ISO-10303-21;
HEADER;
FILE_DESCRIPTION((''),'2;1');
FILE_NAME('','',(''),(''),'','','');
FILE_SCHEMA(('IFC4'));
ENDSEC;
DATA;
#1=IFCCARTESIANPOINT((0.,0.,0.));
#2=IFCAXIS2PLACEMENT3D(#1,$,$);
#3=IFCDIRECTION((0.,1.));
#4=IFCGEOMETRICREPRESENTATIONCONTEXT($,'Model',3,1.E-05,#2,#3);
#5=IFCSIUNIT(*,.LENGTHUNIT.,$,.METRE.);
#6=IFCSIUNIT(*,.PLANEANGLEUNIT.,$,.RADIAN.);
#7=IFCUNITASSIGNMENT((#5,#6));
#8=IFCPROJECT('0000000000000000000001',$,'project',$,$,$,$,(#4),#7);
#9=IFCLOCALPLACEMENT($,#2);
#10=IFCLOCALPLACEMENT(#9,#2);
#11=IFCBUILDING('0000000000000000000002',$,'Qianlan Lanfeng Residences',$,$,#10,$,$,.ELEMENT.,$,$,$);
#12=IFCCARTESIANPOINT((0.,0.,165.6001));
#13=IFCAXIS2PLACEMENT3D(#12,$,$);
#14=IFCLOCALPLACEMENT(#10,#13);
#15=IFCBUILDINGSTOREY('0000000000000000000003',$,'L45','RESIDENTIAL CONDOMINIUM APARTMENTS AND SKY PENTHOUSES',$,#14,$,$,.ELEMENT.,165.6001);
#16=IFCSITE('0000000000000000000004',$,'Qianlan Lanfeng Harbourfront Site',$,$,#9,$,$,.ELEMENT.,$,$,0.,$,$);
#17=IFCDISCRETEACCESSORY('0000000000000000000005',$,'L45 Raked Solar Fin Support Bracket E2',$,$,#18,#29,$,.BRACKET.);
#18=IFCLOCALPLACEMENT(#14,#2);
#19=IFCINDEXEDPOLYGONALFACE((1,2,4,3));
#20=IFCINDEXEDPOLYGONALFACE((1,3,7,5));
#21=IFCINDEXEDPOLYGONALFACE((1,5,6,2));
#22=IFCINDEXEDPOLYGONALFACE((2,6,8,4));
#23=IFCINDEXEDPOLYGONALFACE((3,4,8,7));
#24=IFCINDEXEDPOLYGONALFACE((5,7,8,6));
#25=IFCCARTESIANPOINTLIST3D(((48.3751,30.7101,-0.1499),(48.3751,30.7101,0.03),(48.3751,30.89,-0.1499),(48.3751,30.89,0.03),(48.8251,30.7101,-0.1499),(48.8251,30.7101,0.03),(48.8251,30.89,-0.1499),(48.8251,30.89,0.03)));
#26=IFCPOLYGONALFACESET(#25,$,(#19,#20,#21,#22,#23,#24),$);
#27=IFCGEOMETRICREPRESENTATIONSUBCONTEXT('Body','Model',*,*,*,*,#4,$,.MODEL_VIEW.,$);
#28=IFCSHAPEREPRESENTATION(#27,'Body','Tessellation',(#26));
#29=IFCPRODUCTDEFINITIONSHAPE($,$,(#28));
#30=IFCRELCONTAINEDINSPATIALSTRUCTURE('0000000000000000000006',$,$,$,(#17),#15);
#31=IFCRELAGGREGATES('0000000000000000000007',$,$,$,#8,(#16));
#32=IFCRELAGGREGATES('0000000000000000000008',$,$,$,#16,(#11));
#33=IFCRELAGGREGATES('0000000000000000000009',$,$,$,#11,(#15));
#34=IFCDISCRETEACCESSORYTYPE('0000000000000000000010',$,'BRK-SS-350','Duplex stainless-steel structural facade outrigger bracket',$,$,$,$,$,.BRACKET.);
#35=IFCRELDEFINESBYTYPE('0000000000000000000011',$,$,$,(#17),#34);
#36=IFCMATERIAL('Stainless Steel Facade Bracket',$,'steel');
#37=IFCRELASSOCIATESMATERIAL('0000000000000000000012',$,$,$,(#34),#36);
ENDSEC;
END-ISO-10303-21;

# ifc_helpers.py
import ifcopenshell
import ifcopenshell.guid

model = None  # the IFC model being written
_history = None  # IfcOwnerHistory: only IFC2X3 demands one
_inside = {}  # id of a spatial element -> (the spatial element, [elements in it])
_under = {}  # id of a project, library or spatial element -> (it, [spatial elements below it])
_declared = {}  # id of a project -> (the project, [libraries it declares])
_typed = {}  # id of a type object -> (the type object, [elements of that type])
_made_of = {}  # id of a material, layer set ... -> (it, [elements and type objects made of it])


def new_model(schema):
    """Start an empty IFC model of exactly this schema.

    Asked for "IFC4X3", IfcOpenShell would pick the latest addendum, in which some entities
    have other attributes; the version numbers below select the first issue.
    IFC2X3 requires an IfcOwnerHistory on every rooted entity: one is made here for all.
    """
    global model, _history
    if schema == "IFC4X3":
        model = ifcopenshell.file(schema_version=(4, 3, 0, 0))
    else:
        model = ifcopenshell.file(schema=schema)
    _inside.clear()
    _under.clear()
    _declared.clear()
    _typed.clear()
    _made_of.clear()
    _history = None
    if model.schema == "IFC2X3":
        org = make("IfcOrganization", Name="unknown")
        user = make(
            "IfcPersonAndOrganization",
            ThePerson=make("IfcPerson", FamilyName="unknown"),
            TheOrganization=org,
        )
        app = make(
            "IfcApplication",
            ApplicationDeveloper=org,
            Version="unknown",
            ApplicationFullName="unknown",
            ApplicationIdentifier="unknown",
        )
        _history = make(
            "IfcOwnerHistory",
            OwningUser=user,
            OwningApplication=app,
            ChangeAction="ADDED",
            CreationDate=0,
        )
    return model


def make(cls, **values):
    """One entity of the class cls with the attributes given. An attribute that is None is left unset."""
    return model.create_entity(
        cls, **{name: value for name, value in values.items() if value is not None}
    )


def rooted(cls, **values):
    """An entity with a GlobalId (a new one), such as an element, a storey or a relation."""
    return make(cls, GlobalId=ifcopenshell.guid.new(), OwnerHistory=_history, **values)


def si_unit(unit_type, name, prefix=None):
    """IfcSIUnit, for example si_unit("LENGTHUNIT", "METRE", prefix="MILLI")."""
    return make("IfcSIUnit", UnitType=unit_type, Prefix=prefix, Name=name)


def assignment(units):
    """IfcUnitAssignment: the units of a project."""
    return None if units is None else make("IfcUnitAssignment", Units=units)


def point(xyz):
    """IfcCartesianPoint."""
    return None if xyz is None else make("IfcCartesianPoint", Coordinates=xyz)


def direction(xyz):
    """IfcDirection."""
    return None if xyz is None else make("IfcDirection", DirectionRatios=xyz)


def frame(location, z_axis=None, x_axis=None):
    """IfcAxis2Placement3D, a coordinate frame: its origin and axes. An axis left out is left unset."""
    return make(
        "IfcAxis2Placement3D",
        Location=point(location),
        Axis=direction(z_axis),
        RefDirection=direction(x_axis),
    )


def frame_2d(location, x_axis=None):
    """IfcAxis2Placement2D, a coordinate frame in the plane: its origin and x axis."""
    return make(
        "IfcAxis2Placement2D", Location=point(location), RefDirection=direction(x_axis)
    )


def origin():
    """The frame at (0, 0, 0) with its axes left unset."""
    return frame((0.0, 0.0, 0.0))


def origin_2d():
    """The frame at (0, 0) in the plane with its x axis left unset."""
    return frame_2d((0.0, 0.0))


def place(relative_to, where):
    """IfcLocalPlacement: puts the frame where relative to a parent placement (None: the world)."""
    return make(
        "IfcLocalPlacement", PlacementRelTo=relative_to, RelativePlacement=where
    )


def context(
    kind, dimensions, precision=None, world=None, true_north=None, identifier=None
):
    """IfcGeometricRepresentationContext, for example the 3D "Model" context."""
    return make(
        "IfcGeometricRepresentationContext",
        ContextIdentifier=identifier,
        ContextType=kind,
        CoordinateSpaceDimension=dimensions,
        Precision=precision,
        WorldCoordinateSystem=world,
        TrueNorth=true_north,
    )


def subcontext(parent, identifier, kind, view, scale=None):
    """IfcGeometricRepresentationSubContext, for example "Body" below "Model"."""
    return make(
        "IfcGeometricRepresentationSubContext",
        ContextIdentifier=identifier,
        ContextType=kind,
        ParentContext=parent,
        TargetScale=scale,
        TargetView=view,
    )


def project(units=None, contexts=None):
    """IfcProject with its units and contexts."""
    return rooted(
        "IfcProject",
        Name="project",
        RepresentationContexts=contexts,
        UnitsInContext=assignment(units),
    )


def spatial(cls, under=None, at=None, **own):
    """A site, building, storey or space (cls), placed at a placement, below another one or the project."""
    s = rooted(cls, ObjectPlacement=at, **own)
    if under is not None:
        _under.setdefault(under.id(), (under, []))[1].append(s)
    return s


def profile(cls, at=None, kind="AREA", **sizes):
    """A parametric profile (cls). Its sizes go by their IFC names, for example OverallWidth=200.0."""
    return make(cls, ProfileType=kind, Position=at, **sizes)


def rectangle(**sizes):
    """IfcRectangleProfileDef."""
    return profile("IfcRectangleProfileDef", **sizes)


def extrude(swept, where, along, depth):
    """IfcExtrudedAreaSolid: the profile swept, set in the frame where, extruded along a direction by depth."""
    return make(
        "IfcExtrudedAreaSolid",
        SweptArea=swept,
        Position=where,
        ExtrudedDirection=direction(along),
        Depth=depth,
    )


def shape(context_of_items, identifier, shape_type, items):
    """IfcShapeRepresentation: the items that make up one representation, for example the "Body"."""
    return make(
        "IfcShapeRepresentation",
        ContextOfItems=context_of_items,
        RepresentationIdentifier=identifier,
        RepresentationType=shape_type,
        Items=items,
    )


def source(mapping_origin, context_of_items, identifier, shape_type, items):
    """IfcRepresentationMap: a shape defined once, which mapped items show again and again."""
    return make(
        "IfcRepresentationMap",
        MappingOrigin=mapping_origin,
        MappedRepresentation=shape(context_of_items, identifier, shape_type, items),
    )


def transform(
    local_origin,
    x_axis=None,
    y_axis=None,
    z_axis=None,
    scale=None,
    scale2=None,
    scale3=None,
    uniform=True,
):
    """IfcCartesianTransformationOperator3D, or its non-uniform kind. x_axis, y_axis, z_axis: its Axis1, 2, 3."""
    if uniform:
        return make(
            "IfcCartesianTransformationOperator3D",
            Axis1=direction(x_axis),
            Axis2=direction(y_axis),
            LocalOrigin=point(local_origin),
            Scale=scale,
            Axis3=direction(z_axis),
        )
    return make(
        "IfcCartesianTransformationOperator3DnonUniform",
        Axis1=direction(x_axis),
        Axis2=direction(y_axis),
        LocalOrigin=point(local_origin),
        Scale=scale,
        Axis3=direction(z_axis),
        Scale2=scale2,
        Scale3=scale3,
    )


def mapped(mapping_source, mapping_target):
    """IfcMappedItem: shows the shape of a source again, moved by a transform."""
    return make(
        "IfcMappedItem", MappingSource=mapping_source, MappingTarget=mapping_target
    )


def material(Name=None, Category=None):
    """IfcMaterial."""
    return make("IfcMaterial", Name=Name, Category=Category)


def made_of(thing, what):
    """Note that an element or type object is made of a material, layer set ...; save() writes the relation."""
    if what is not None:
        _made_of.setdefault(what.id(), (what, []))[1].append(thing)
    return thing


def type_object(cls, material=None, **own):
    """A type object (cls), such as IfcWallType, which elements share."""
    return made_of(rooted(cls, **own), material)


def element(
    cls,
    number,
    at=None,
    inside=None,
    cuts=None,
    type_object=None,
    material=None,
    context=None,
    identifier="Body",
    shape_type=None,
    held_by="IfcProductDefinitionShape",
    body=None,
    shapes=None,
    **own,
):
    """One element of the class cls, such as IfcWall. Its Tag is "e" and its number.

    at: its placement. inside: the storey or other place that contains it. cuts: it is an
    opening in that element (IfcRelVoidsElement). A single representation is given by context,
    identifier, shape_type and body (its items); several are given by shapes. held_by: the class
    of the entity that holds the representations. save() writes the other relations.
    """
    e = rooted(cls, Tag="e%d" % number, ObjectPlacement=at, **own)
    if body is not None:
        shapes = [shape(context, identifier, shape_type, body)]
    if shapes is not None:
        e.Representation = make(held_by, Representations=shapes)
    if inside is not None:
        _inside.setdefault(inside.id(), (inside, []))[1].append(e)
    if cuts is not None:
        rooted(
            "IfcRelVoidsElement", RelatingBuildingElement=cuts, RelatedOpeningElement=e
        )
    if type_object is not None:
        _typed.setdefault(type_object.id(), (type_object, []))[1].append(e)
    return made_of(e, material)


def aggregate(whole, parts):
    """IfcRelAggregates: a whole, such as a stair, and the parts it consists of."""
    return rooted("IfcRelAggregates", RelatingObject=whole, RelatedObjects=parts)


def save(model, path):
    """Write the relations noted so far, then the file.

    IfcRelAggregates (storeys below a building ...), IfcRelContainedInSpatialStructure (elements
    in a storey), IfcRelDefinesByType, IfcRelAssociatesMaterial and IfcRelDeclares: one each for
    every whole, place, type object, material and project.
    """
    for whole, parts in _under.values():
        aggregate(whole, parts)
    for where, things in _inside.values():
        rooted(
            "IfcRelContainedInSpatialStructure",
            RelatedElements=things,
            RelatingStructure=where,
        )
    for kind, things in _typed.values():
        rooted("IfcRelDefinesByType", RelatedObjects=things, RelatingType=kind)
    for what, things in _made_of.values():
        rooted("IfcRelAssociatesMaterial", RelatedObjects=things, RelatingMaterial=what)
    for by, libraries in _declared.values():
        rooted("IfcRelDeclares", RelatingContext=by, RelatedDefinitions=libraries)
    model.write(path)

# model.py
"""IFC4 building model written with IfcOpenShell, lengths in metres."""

from ifc_helpers import new_model, si_unit, direction, frame, origin, origin_2d, place, context, subcontext, project, spatial, rectangle, extrude, source, transform, mapped, material, type_object, element, save


model = new_model("IFC4")

# Units and contexts
model_context = context("Model", 3, precision=1e-05, world=origin(), true_north=direction((0.0, 1.0)))
body_context = subcontext(model_context, "Body", "Model", "MODEL_VIEW")
ifc_project = project(units=[si_unit("LENGTHUNIT", "METRE"), si_unit("PLANEANGLEUNIT", "RADIAN")], contexts=[model_context])

# Site, building, storey
site_placement = place(None, origin())
site = spatial("IfcSite", under=ifc_project, at=site_placement, Name="Qianlan Lanfeng Harbourfront Site", CompositionType="ELEMENT", RefElevation=0.0)
building_placement = place(site_placement, origin())
building = spatial("IfcBuilding", under=site, at=building_placement, Name="Qianlan Lanfeng Residences", CompositionType="ELEMENT")
storey_placement = place(building_placement, frame((0.0, 0.0, 165.6001)))
storey = spatial("IfcBuildingStorey", under=building, at=storey_placement, Name="L45", Description="RESIDENTIAL CONDOMINIUM APARTMENTS AND SKY PENTHOUSES", CompositionType="ELEMENT", Elevation=165.6001)

# Discrete accessory
ifc_material_1 = material(Name="Stainless Steel Facade Bracket", Category="steel")
discrete_accessory_type = type_object("IfcDiscreteAccessoryType", Name="BRK-SS-350", Description="Duplex stainless-steel structural facade outrigger bracket", PredefinedType="BRACKET", material=ifc_material_1)
shared_shape_1 = source(origin(), body_context, "Body", "SweptSolid", [
    extrude(rectangle(XDim=0.45, YDim=0.1799, at=origin_2d()), origin(), (0.0, 0.0, 1.0), 0.1799),
])
discrete_accessory_placement = place(storey_placement, frame((48.6001, 30.8, -0.1499), z_axis=(0.0, 0.0, 1.0), x_axis=(1.0, 0.0, 0.0)))
element("IfcDiscreteAccessory", 1, at=discrete_accessory_placement, inside=storey, type_object=discrete_accessory_type, Name="L45 Raked Solar Fin Support Bracket E2", PredefinedType="BRACKET", context=body_context, shape_type="MappedRepresentation", body=[
    mapped(shared_shape_1, transform((0.0, 0.0, 0.0), scale=1.0)),
])

save(model, "model.ifc")
